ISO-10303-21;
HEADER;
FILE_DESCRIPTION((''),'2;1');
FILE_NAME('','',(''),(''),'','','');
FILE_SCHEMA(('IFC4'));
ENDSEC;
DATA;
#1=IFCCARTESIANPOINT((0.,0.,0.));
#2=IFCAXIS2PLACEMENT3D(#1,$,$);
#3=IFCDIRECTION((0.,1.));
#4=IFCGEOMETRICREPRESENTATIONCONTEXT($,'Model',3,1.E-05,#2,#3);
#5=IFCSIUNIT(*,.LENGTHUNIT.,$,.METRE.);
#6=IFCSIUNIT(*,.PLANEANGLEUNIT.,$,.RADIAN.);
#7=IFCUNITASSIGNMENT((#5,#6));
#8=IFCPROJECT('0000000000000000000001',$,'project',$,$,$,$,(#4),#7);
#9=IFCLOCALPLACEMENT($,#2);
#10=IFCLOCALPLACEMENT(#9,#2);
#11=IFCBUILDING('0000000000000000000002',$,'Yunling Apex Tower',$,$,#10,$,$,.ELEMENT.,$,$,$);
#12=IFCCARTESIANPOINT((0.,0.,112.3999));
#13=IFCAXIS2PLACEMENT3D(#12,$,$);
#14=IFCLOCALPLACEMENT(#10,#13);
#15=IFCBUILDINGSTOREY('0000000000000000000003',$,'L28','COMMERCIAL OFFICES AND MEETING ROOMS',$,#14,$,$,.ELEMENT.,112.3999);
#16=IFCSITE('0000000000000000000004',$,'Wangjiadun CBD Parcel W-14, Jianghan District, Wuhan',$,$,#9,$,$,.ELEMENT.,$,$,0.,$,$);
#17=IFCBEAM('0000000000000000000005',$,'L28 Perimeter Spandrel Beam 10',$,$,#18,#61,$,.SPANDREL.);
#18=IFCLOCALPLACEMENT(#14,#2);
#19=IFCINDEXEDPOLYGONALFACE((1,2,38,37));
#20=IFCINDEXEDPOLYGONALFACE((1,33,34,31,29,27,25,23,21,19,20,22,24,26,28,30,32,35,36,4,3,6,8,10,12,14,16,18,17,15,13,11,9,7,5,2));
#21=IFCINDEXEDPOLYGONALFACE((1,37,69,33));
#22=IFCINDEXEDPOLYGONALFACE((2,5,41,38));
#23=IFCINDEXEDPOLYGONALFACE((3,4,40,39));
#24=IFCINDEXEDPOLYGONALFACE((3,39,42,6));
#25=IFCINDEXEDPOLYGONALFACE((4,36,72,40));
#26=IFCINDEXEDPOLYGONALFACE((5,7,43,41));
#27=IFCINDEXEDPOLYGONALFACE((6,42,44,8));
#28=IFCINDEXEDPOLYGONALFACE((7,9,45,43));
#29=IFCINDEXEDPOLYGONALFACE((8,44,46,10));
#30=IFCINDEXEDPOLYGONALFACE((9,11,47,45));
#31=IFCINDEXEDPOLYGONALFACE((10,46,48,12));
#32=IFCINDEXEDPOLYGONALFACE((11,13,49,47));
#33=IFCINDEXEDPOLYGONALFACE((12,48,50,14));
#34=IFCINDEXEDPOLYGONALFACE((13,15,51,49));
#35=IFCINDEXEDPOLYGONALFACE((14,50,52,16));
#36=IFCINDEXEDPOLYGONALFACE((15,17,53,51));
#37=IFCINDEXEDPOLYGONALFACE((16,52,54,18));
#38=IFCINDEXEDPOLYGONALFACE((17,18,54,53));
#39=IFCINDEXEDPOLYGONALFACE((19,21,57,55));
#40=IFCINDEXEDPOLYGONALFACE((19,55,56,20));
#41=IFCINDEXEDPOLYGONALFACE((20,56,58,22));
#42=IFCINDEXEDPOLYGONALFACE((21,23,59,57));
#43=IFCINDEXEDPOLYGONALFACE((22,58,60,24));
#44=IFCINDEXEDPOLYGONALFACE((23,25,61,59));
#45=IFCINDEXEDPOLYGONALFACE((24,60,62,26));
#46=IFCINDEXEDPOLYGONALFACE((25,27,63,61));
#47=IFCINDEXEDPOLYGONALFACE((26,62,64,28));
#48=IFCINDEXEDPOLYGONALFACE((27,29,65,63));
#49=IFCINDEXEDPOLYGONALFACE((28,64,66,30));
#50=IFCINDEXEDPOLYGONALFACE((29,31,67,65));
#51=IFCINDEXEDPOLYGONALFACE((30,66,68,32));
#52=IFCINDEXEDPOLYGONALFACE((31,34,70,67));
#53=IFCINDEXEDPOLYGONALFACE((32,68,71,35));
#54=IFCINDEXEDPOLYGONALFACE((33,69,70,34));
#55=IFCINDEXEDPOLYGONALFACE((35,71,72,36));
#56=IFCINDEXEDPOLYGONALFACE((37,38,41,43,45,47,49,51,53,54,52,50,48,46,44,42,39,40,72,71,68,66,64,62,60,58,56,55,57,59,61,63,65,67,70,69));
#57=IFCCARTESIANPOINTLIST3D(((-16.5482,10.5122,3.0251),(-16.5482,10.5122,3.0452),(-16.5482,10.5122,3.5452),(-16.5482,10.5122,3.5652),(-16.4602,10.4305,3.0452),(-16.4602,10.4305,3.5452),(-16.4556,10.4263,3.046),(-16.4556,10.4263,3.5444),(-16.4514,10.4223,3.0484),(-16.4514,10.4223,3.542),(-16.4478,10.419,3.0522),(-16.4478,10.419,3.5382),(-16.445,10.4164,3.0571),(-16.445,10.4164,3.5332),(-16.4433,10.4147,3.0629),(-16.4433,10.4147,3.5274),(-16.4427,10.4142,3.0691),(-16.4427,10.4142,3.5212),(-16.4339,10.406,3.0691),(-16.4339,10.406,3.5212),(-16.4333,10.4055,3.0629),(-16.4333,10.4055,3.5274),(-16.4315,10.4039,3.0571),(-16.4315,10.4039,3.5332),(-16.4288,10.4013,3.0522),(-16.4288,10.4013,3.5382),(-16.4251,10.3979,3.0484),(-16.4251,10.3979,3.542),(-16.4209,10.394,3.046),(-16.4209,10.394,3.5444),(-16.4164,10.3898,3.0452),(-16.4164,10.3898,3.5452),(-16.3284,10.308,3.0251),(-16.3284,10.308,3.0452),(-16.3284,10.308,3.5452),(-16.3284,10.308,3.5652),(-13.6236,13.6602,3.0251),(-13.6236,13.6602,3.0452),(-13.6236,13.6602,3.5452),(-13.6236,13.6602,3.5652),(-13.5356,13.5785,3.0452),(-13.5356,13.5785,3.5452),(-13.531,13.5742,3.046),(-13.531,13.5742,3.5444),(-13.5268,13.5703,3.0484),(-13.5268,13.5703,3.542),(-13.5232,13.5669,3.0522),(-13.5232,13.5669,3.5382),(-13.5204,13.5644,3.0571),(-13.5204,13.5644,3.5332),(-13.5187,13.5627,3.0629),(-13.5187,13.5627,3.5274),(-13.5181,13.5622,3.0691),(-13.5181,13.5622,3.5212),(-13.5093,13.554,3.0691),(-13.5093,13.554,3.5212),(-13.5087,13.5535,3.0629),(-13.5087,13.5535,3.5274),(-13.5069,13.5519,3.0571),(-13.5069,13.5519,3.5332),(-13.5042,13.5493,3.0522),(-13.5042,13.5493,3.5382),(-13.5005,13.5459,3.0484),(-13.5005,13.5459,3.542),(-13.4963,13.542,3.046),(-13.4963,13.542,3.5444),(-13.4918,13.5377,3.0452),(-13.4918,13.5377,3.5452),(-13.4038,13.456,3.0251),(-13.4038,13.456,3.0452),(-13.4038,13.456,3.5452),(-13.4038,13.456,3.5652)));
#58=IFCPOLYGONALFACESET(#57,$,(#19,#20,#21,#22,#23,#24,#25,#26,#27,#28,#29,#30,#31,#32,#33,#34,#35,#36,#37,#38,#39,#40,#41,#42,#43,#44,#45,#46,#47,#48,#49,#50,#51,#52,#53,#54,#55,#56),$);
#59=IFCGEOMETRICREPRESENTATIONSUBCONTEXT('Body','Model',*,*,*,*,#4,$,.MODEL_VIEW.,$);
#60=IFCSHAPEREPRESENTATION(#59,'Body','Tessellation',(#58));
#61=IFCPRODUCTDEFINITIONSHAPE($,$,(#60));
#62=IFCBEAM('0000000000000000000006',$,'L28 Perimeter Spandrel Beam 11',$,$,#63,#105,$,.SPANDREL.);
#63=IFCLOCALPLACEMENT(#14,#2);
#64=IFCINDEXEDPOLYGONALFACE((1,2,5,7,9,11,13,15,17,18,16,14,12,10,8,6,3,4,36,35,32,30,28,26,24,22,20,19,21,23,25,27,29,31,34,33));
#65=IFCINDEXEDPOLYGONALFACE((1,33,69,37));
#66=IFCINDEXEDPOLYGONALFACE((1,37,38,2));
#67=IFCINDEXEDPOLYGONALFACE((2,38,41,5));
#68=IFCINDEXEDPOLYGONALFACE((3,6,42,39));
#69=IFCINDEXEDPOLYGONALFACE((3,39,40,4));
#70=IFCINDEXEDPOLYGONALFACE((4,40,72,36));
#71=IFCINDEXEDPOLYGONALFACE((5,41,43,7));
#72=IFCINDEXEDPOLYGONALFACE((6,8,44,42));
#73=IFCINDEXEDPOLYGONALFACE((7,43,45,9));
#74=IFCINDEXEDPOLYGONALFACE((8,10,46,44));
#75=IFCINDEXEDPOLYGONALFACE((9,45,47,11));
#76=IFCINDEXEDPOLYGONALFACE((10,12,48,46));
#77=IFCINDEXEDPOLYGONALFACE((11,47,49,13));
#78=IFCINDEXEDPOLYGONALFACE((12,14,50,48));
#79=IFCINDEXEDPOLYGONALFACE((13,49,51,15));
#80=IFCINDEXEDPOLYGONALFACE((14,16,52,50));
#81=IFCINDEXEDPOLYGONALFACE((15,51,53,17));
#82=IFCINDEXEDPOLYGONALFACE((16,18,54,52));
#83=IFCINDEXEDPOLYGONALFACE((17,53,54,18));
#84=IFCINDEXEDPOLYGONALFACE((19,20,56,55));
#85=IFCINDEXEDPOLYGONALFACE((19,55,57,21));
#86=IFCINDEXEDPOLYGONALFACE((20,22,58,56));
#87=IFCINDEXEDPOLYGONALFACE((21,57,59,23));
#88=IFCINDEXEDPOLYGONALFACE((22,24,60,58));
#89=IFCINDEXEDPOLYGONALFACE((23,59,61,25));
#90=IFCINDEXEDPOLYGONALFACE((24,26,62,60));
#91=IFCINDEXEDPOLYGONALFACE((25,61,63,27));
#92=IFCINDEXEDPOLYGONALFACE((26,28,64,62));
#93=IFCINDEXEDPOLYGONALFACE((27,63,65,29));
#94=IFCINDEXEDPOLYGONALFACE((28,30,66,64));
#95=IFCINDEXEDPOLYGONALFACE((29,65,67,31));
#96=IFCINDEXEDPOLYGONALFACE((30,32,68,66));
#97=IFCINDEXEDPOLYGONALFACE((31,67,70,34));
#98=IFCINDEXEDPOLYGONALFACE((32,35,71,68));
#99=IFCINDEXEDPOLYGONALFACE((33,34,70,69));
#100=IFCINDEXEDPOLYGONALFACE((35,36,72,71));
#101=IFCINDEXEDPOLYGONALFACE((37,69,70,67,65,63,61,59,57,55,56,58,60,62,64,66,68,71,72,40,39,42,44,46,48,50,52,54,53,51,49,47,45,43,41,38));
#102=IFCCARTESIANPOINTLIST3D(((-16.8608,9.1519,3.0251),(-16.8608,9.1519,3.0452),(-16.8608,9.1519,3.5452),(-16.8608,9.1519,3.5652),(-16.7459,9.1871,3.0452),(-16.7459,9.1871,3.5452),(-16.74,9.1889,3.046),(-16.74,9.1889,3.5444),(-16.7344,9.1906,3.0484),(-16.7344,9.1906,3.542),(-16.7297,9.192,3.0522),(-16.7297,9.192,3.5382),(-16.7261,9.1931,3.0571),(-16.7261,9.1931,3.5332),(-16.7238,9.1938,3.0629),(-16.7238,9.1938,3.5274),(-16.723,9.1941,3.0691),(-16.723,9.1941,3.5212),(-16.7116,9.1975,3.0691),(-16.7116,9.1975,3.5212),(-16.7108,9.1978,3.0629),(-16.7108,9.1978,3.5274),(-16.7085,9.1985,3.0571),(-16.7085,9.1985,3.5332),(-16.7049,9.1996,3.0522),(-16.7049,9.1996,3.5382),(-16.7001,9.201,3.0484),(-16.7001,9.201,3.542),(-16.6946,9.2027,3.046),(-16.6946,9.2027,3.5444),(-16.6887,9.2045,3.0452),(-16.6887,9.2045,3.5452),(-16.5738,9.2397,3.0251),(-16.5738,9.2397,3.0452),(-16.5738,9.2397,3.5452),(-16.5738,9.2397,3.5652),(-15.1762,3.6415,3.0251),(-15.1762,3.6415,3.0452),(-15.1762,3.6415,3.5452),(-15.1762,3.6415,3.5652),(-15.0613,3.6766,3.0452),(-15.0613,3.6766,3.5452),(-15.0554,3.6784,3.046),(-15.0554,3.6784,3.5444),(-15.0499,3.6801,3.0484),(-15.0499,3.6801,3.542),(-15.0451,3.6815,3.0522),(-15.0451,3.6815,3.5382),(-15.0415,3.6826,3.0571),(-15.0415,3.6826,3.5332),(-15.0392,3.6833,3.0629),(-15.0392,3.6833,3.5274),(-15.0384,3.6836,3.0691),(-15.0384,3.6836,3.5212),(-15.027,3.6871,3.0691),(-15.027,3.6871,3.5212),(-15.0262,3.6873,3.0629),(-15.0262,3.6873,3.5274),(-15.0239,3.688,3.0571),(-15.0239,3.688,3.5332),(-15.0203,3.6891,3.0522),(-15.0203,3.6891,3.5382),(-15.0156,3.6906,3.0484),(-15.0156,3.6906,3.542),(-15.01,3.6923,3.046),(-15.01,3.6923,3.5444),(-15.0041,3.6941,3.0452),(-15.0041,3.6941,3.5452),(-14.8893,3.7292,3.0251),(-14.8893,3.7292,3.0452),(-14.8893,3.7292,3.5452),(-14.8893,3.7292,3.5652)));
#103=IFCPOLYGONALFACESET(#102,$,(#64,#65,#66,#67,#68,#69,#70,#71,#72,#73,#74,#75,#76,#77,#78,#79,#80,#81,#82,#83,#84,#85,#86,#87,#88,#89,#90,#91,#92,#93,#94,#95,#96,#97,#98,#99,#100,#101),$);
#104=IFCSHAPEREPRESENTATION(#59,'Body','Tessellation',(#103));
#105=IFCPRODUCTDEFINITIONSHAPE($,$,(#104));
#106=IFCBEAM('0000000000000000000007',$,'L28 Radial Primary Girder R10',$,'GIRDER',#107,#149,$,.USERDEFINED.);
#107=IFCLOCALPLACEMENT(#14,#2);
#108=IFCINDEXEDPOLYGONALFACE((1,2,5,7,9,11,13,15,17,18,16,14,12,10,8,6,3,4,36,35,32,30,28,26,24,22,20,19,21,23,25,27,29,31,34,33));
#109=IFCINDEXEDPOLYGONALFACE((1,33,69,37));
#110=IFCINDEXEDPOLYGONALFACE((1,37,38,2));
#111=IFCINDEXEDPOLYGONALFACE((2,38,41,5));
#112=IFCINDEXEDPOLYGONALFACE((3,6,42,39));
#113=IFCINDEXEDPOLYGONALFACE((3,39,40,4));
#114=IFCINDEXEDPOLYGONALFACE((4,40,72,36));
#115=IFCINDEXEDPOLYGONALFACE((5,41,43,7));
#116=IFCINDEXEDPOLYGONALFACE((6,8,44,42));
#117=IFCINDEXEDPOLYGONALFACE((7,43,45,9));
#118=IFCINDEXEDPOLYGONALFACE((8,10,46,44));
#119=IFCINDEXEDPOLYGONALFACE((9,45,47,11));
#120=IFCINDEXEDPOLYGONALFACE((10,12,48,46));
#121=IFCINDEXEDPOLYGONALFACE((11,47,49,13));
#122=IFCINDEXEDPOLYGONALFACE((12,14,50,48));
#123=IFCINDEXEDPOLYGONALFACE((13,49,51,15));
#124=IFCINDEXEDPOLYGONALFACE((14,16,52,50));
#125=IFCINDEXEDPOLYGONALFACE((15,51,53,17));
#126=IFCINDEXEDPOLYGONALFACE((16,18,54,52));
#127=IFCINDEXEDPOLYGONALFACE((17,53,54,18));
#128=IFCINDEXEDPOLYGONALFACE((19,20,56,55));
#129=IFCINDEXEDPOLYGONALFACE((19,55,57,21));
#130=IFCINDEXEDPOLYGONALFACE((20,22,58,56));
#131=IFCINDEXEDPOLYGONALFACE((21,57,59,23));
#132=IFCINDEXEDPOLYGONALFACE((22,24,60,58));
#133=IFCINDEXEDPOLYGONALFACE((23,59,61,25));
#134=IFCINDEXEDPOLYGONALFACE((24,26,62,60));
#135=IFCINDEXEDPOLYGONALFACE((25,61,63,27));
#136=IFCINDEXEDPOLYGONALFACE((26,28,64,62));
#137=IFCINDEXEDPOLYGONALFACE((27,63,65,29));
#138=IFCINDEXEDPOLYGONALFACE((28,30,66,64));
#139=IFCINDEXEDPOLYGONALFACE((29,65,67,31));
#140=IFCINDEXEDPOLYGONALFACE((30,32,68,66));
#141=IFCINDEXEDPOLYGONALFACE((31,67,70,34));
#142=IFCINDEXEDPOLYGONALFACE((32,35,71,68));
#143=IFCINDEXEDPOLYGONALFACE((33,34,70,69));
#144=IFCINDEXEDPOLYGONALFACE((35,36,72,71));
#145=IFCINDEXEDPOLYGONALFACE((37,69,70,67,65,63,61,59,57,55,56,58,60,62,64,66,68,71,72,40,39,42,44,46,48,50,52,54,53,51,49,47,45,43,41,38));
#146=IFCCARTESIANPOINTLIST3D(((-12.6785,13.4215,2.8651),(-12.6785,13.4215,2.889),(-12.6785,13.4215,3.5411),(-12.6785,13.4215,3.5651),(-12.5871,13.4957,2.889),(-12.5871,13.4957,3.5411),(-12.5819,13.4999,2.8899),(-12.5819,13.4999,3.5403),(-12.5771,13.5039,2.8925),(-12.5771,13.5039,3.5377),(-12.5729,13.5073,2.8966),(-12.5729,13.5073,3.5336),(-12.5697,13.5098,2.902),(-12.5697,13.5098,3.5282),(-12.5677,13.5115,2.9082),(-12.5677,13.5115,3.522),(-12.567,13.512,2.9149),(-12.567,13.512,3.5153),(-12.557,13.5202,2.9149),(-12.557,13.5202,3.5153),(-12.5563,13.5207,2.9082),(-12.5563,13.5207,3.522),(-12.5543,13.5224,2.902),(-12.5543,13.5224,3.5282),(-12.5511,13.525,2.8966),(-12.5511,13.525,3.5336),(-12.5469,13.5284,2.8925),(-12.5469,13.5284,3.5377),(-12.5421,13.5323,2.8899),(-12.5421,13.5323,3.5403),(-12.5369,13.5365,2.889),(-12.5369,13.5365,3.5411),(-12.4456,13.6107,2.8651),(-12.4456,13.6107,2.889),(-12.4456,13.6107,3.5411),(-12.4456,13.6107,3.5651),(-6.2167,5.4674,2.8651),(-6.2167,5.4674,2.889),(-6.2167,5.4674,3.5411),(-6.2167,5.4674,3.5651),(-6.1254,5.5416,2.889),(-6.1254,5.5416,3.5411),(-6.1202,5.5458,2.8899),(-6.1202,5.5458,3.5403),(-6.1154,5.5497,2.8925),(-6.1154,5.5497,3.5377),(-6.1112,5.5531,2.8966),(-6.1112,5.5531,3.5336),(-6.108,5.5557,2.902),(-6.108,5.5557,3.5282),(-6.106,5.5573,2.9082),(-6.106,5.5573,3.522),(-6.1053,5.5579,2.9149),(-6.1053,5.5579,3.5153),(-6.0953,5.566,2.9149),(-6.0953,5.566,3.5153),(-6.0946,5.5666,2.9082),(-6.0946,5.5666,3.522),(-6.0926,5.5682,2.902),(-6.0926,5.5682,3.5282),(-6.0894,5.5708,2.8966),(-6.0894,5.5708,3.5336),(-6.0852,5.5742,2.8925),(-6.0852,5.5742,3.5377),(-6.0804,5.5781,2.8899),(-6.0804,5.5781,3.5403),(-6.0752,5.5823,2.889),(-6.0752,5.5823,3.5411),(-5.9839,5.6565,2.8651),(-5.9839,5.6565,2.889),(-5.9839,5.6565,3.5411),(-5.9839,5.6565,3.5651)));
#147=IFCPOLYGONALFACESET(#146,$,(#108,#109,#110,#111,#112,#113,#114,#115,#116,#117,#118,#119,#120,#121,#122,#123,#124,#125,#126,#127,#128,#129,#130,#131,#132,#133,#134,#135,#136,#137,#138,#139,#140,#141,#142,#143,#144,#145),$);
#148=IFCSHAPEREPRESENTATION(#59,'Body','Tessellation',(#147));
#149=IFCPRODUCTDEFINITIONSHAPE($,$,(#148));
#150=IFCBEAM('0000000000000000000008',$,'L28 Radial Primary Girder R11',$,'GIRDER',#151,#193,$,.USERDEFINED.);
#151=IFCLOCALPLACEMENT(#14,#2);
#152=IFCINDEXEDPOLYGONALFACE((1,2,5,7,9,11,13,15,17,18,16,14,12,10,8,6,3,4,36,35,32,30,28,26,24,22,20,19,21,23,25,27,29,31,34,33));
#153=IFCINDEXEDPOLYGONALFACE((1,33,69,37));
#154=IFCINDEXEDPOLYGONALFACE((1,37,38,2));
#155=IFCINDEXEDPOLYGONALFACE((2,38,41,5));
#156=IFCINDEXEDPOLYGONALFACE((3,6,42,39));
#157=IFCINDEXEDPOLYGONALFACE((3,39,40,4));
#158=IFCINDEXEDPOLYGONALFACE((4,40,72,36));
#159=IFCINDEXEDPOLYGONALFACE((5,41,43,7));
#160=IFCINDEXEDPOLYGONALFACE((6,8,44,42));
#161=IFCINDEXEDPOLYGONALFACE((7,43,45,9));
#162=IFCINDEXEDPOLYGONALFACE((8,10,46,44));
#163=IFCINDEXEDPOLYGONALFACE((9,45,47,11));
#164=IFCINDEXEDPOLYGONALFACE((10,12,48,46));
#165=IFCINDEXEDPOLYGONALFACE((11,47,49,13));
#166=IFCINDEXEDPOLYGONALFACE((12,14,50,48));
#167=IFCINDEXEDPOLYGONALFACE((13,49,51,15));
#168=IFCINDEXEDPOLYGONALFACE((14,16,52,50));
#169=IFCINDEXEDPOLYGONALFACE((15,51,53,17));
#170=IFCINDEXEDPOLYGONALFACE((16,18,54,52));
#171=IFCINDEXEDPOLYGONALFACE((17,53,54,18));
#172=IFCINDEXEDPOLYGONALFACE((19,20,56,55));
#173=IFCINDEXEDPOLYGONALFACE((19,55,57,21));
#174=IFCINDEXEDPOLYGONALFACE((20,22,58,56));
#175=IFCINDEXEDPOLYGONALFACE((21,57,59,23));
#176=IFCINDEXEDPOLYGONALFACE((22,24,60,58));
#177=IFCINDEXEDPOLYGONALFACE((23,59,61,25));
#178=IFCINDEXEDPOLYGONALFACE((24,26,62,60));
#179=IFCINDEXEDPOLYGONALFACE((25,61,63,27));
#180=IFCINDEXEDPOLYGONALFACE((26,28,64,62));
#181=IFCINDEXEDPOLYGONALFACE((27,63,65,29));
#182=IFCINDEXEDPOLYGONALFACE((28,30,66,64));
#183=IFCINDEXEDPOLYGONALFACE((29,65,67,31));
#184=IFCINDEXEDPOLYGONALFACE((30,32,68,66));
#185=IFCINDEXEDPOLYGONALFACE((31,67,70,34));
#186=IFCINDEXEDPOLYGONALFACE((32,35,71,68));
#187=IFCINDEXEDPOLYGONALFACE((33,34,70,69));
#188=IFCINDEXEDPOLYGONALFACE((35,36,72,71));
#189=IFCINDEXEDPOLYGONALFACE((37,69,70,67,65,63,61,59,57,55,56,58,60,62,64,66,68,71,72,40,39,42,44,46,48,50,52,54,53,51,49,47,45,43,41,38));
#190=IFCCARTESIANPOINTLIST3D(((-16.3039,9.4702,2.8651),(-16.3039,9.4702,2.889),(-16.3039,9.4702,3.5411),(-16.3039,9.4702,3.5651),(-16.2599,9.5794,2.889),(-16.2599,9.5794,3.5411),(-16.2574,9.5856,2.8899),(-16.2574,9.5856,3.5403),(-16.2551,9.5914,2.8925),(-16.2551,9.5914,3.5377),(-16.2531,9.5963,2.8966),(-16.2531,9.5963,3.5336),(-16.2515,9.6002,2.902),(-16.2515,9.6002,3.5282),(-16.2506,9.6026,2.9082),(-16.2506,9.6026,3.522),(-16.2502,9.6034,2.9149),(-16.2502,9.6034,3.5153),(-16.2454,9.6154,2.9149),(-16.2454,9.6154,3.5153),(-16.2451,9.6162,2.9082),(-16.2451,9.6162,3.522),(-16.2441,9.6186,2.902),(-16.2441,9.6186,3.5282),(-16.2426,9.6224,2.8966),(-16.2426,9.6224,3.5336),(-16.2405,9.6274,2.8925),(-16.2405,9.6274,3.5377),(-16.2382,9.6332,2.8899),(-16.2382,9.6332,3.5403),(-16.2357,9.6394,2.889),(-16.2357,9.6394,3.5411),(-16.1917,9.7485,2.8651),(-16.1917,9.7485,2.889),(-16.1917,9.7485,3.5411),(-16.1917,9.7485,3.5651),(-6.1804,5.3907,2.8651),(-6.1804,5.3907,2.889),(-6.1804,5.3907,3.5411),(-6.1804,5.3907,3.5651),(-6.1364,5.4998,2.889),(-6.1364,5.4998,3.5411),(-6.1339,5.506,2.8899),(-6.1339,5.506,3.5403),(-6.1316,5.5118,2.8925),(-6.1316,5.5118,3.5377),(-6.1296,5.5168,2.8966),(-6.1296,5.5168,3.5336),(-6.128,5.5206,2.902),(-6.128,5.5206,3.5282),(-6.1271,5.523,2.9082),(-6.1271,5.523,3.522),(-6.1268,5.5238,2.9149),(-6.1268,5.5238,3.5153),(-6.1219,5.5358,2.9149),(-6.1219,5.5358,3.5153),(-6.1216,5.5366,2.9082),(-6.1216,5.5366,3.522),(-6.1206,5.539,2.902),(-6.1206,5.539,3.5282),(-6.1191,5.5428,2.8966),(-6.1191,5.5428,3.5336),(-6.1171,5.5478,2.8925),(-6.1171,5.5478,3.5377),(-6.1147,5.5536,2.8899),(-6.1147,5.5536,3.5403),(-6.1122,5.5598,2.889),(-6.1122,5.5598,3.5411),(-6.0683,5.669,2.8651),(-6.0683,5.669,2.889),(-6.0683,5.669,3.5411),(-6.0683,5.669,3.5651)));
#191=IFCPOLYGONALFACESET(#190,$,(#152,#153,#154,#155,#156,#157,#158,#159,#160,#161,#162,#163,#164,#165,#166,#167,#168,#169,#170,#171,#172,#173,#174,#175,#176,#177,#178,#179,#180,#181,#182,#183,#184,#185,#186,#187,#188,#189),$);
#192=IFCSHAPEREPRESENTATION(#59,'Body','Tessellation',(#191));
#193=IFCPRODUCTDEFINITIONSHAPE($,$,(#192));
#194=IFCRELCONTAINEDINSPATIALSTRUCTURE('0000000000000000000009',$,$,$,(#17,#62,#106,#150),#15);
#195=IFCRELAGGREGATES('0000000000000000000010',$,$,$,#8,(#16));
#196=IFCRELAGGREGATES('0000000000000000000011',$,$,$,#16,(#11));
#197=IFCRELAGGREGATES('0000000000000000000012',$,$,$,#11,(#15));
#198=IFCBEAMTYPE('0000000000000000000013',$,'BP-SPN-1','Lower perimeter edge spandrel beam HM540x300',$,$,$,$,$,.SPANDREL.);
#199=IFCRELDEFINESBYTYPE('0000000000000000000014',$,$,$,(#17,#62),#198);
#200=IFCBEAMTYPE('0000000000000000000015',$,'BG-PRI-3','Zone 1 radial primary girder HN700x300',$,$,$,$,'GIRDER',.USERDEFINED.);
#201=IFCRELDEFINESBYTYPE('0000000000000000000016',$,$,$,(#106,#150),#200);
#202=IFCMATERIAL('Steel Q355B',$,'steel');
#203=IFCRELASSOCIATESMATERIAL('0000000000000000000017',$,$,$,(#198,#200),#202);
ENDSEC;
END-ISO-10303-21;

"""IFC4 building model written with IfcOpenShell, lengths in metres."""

from ifc_helpers import new_model, si_unit, direction, frame, origin, origin_2d, place, context, subcontext, project, spatial, i_section, extrude, source, transform, mapped, material, material_profile, profile_set, type_object, element, save


model = new_model("IFC4")

# Units and contexts
model_context = context("Model", 3, precision=1e-05, world=origin(), true_north=direction((0.0, 1.0)))
body_context = subcontext(model_context, "Body", "Model", "MODEL_VIEW")
ifc_project = project(units=[si_unit("LENGTHUNIT", "METRE"), si_unit("PLANEANGLEUNIT", "RADIAN")], contexts=[model_context])

# Site, building, storey
site_placement = place(None, origin())
site = spatial("IfcSite", under=ifc_project, at=site_placement, Name="Wangjiadun CBD Parcel W-14, Jianghan District, Wuhan", CompositionType="ELEMENT", RefElevation=0.0)
building_placement = place(site_placement, origin())
building = spatial("IfcBuilding", under=site, at=building_placement, Name="Yunling Apex Tower", CompositionType="ELEMENT")
storey_placement = place(building_placement, frame((0.0, 0.0, 112.3999)))
storey = spatial("IfcBuildingStorey", under=building, at=storey_placement, Name="L28", Description="COMMERCIAL OFFICES AND MEETING ROOMS", CompositionType="ELEMENT", Elevation=112.3999)

# Beams
ifc_material_1 = material(Name="Steel Q355B", Category="steel")
ifc_material_profile_1 = material_profile(ifc_material_1, i_section(OverallWidth=0.3, OverallDepth=0.54, WebThickness=0.012, FlangeThickness=0.02, FilletRadius=0.0239, at=origin_2d()))
ifc_profile_set_1 = profile_set([ifc_material_profile_1], Name="Steel Q355B")
beam_type_1 = type_object("IfcBeamType", Name="BP-SPN-1", Description="Lower perimeter edge spandrel beam HM540x300", PredefinedType="SPANDREL", material=ifc_profile_set_1)
shared_shape_1 = source(origin(), body_context, "Body", "SweptSolid", [
    extrude(i_section(OverallWidth=0.3, OverallDepth=0.54, WebThickness=0.012, FlangeThickness=0.02, FilletRadius=0.0239, at=origin_2d()), origin(), (0.0, 0.0, 1.0), 4.2969),
])
beam_1_placement = place(storey_placement, frame((-13.5137, 13.5581, 3.2952), z_axis=(-0.680634, -0.732623, 0.0), x_axis=(0.732623, -0.680634, 0.0)))
element("IfcBeam", 1, at=beam_1_placement, inside=storey, type_object=beam_type_1, Name="L28 Perimeter Spandrel Beam 10", PredefinedType="SPANDREL", context=body_context, shape_type="MappedRepresentation", body=[
    mapped(shared_shape_1, transform((0.0, 0.0, 0.0), scale=1.0)),
])
shared_shape_2 = source(origin(), body_context, "Body", "SweptSolid", [
    extrude(i_section(OverallWidth=0.3, OverallDepth=0.54, WebThickness=0.012, FlangeThickness=0.02, FilletRadius=0.0239, at=origin_2d()), origin(), (0.0, 0.0, 1.0), 5.7622),
])
beam_2_placement = place(storey_placement, frame((-16.7173, 9.1958, 3.2952), z_axis=(0.292347, -0.956312, 0.0), x_axis=(0.956312, 0.292347, 0.0)))
element("IfcBeam", 2, at=beam_2_placement, inside=storey, type_object=beam_type_1, Name="L28 Perimeter Spandrel Beam 11", PredefinedType="SPANDREL", context=body_context, shape_type="MappedRepresentation", body=[
    mapped(shared_shape_2, transform((0.0, 0.0, 0.0), scale=1.0)),
])
ifc_material_profile_2 = material_profile(ifc_material_1, i_section(OverallWidth=0.3, OverallDepth=0.7, WebThickness=0.0129, FlangeThickness=0.0239, FilletRadius=0.0259, at=origin_2d()))
ifc_profile_set_2 = profile_set([ifc_material_profile_2], Name="Steel Q355B")
beam_type_2 = type_object("IfcBeamType", Name="BG-PRI-3", Description="Zone 1 radial primary girder HN700x300", ElementType="GIRDER", PredefinedType="USERDEFINED", material=ifc_profile_set_2)
shared_shape_3 = source(origin(), body_context, "Body", "SweptSolid", [
    extrude(i_section(OverallWidth=0.3, OverallDepth=0.7, WebThickness=0.0129, FlangeThickness=0.0239, FilletRadius=0.0259, at=origin_2d()), origin(), (0.0, 0.0, 1.0), 10.248),
])
beam_3_placement = place(storey_placement, frame((-12.562, 13.5161, 3.2151), z_axis=(0.630532, -0.776164, 0.0), x_axis=(0.776164, 0.630532, 0.0)))
element("IfcBeam", 3, at=beam_3_placement, inside=storey, type_object=beam_type_2, Name="L28 Radial Primary Girder R10", ObjectType="GIRDER", PredefinedType="USERDEFINED", context=body_context, shape_type="MappedRepresentation", body=[
    mapped(shared_shape_3, transform((0.0, 0.0, 0.0), scale=1.0)),
])
shared_shape_4 = source(origin(), body_context, "Body", "SweptSolid", [
    extrude(i_section(OverallWidth=0.3, OverallDepth=0.7, WebThickness=0.0129, FlangeThickness=0.0239, FilletRadius=0.0259, at=origin_2d()), origin(), (0.0, 0.0, 1.0), 10.9146),
])
beam_4_placement = place(storey_placement, frame((-16.2478, 9.6094, 3.2151), z_axis=(0.92752, -0.373773, 0.0), x_axis=(0.373773, 0.92752, 0.0)))
element("IfcBeam", 4, at=beam_4_placement, inside=storey, type_object=beam_type_2, Name="L28 Radial Primary Girder R11", ObjectType="GIRDER", PredefinedType="USERDEFINED", context=body_context, shape_type="MappedRepresentation", body=[
    mapped(shared_shape_4, transform((0.0, 0.0, 0.0), scale=1.0)),
])

save(model, "model.ifc")
